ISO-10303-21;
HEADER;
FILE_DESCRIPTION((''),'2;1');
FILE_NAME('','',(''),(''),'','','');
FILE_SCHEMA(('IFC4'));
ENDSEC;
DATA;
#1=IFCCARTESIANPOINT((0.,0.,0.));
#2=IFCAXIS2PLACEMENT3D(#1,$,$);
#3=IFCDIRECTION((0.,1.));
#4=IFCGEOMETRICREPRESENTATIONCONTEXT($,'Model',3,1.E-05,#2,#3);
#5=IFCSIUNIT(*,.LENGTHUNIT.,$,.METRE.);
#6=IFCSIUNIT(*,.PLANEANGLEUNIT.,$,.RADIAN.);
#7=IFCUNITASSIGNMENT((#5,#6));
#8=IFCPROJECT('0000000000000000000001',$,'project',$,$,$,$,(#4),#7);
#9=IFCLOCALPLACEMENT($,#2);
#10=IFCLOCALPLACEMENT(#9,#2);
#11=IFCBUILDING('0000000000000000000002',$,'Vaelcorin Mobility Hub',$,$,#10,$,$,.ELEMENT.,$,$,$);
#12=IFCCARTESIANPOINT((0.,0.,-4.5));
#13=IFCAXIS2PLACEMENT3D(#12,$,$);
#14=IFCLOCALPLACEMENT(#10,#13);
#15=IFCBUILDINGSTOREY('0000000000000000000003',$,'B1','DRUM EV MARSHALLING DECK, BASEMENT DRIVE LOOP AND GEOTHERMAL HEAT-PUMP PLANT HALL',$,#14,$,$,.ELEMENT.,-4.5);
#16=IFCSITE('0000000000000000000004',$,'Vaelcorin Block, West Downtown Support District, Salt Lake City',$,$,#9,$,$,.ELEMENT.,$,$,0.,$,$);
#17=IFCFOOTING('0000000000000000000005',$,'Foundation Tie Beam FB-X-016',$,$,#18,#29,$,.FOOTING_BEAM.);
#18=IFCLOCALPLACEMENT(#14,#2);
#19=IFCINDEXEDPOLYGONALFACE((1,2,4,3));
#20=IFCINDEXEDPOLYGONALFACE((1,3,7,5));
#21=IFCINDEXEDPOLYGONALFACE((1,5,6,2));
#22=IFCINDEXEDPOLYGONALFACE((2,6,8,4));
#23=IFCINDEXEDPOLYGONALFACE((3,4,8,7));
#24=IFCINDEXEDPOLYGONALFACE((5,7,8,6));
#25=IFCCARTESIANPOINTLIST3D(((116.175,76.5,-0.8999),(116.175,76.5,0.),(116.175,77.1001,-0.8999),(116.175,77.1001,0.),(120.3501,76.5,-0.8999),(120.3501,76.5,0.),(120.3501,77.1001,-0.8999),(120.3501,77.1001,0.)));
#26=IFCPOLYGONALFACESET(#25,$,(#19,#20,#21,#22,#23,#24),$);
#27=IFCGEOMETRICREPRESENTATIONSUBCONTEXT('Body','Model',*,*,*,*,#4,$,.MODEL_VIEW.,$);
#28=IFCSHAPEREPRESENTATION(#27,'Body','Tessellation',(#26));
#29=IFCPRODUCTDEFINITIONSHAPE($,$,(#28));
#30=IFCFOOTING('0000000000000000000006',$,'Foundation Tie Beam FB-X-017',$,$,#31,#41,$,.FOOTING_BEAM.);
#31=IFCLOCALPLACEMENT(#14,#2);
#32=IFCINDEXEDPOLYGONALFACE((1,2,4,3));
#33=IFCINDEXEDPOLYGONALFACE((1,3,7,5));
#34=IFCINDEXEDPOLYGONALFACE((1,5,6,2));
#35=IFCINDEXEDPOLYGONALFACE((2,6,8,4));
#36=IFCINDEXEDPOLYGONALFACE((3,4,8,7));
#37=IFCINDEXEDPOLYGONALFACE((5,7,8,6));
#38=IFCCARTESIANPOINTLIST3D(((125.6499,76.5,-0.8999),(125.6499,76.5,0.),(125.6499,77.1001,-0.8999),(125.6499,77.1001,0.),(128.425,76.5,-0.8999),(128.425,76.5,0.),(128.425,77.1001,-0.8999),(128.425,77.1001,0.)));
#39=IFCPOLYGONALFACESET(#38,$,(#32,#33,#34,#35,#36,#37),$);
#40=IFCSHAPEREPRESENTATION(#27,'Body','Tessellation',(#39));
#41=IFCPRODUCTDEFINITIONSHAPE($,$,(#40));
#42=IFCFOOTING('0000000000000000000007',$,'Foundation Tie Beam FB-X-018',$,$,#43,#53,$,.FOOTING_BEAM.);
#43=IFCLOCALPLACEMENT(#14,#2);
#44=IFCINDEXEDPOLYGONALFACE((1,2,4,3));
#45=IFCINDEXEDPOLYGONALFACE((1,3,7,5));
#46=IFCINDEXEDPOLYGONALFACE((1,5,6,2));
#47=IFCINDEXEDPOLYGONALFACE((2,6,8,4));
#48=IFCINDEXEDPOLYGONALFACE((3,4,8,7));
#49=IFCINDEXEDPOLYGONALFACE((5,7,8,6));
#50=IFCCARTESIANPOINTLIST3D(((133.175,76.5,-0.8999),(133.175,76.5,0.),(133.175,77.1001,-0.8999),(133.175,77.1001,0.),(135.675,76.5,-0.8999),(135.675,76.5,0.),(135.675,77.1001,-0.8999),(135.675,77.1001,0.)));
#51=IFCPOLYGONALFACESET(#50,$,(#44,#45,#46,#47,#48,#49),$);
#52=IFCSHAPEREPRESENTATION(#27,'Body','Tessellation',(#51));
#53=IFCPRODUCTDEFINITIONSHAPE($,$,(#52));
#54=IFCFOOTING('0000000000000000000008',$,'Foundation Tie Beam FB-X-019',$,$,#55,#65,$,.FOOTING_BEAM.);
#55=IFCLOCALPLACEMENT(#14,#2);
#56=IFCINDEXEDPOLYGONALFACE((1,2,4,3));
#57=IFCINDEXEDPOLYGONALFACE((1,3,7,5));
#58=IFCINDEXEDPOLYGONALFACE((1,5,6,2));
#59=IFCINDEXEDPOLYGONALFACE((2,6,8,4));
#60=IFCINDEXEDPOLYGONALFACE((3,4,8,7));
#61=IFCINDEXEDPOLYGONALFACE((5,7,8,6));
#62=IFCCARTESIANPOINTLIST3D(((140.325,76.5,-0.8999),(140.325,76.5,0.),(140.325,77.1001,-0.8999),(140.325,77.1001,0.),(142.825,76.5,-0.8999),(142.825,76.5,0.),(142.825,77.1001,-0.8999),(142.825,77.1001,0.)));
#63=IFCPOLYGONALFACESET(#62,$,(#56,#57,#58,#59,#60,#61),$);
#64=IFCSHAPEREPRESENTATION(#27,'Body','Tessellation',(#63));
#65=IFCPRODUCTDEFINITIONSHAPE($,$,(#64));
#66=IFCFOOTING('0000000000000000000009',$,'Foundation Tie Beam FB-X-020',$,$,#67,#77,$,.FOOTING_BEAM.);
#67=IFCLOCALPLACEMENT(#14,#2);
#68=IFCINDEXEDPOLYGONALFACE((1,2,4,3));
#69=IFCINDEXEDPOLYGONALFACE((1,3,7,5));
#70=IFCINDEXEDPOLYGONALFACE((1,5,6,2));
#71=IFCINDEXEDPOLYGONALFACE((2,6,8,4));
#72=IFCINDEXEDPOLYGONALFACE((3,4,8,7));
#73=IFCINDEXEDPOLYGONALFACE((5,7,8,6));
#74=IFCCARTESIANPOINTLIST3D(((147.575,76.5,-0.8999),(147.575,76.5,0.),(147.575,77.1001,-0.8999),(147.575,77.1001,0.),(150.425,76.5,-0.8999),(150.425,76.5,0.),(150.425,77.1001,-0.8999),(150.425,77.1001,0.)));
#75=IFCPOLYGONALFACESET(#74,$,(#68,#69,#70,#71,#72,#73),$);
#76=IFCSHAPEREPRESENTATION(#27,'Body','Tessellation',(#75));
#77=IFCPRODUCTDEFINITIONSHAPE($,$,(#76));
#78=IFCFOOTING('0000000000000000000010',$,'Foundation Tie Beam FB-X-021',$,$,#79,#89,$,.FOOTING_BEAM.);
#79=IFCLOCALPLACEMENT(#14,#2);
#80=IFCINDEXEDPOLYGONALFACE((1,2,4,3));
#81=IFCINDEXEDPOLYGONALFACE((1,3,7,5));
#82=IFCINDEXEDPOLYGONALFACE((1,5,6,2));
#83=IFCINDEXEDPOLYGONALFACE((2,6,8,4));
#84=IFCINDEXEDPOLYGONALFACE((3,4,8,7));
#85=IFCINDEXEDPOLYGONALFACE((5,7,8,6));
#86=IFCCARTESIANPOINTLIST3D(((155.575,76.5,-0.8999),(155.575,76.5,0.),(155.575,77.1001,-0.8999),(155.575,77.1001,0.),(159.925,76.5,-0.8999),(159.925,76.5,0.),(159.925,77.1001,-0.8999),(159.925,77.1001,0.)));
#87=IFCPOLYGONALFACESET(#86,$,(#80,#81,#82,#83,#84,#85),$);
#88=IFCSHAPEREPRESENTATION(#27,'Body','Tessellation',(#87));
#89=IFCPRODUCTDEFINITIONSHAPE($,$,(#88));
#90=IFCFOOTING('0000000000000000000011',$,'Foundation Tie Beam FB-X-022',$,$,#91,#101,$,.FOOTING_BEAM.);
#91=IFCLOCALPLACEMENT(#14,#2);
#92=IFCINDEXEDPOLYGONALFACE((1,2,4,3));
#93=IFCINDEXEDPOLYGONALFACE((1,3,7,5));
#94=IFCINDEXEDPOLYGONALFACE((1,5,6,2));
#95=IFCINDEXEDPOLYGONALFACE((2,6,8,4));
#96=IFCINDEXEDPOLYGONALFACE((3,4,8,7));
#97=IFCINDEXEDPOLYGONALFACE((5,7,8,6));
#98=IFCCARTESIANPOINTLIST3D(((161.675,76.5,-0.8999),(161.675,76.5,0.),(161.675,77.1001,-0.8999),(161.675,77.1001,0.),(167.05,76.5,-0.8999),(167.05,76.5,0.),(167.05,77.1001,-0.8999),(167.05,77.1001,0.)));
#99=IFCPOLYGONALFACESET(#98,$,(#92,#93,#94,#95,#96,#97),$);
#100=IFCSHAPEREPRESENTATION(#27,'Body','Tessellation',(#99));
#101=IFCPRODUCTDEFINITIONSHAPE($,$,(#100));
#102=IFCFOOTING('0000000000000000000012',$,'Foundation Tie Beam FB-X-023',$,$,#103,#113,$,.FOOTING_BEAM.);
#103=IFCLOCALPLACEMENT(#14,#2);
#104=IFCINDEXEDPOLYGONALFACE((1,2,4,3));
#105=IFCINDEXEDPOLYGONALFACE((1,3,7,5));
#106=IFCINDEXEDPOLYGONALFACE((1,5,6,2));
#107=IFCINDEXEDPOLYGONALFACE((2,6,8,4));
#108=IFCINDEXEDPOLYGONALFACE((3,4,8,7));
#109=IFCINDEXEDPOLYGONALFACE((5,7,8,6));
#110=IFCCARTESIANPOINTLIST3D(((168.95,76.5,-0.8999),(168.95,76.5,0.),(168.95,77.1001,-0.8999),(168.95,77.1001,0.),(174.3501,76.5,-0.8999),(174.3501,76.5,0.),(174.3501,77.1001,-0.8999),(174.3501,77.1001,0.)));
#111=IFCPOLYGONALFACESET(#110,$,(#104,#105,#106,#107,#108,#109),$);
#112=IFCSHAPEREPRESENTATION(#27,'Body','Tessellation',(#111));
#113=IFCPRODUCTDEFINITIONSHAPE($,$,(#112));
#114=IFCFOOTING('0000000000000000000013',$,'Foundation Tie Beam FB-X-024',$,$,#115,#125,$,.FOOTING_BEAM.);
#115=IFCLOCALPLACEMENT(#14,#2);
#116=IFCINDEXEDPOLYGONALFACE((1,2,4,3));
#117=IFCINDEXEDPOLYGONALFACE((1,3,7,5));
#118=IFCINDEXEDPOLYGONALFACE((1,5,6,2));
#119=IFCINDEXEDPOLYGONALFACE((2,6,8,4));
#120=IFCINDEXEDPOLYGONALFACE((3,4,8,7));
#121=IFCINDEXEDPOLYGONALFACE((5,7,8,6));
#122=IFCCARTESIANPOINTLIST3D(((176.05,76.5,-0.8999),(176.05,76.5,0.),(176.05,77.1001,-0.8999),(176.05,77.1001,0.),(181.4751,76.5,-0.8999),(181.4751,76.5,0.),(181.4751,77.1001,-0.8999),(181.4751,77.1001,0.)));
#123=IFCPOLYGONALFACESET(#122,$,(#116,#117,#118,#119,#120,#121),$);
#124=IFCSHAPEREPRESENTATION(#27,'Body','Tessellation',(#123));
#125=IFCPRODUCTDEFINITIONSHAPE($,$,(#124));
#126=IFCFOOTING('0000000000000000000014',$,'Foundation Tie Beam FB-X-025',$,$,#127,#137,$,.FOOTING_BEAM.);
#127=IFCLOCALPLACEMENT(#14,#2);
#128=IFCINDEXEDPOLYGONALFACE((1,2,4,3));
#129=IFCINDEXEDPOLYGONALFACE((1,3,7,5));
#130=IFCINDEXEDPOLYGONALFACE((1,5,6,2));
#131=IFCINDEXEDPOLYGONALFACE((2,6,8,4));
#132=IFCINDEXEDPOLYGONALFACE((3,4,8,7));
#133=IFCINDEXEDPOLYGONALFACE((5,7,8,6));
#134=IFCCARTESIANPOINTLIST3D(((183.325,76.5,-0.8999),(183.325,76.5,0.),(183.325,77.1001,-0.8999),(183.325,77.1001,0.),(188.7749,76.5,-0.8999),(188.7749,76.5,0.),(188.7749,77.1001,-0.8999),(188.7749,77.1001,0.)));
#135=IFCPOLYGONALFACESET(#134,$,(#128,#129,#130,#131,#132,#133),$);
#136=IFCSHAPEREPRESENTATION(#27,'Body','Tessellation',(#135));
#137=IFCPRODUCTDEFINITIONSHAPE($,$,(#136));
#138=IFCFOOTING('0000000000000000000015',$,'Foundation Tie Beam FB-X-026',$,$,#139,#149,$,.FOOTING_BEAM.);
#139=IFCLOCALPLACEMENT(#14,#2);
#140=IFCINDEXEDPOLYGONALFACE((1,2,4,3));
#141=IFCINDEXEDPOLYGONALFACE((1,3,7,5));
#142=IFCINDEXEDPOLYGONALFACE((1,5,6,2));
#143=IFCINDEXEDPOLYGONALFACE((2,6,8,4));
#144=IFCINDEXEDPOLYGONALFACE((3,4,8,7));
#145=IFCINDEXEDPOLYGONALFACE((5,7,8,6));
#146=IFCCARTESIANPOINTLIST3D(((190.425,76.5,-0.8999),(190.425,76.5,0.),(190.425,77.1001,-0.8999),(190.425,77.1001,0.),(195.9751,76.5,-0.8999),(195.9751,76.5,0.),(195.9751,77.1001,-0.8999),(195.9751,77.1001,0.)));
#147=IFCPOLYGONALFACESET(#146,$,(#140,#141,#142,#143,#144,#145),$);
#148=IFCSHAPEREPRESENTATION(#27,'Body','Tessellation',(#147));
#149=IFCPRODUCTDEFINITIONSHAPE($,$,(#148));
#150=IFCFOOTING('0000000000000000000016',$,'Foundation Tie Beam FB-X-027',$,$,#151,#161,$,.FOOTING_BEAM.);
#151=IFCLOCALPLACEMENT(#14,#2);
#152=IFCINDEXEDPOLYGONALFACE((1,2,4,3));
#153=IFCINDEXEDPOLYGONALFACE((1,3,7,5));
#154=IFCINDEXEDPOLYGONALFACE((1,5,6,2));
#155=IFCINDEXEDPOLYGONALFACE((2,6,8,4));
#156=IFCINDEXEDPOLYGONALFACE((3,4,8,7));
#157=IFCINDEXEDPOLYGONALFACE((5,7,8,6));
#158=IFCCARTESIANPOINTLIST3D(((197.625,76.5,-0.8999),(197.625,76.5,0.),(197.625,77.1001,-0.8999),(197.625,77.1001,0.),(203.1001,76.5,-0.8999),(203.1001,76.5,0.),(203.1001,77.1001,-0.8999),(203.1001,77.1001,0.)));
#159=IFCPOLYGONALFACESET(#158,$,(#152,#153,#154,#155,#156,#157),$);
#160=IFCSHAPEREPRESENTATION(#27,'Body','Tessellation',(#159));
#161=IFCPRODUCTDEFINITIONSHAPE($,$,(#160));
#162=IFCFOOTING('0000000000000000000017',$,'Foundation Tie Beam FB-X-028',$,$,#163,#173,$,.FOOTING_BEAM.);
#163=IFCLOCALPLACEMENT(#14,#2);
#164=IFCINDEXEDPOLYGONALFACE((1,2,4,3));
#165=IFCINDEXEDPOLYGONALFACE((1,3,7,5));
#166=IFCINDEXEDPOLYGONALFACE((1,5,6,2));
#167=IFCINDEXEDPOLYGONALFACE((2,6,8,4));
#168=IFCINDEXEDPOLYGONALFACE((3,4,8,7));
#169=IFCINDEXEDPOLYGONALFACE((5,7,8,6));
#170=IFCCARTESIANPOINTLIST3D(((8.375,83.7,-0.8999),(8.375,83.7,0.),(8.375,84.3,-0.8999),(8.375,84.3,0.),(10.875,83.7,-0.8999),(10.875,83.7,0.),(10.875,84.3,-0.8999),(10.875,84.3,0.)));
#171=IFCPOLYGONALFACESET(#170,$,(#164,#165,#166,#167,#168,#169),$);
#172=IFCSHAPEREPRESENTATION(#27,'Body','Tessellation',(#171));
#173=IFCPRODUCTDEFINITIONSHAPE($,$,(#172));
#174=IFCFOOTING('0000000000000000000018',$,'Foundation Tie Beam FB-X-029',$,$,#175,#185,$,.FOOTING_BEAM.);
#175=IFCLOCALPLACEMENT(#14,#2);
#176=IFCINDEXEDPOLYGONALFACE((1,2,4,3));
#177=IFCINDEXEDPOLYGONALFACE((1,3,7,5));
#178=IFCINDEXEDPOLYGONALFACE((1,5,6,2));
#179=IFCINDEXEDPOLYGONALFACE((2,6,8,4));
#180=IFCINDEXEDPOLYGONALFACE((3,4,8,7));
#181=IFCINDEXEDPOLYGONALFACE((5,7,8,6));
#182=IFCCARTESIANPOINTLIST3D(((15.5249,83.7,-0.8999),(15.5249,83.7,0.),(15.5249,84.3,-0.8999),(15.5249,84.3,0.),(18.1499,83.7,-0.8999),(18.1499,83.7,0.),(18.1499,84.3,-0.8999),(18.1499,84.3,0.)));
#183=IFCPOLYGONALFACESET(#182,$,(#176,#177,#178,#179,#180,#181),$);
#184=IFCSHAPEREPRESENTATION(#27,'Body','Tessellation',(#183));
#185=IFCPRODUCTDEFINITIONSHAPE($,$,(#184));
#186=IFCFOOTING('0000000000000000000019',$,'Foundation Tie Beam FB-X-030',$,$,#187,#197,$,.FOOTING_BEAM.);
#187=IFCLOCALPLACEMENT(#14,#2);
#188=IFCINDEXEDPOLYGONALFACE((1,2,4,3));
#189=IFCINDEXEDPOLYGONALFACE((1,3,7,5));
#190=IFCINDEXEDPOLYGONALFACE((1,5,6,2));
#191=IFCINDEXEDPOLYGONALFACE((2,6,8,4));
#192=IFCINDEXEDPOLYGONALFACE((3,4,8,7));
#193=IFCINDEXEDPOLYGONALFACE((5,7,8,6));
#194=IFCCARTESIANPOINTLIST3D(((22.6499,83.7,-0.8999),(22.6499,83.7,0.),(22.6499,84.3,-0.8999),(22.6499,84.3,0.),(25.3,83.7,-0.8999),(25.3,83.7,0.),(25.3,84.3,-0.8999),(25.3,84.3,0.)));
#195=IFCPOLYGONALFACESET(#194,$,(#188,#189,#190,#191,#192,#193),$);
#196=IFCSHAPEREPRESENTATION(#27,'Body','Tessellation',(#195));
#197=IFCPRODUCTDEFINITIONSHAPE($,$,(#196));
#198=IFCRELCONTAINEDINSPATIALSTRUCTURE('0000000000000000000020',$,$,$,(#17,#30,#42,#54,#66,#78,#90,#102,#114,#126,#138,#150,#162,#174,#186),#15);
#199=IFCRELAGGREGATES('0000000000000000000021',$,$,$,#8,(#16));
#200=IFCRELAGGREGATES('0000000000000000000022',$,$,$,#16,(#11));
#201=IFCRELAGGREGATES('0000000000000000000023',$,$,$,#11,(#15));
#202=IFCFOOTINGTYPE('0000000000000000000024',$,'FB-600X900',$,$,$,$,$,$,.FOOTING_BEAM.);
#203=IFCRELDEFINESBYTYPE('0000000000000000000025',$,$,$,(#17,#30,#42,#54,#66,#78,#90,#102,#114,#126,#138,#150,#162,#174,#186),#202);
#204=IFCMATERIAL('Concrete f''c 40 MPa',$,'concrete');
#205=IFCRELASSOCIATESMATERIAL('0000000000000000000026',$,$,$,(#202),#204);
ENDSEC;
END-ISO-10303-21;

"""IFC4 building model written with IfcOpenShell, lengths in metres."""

from ifc_helpers import new_model, si_unit, direction, frame, origin, place, context, subcontext, project, spatial, polyline, outline, extrude, material, type_object, element, save


model = new_model("IFC4")

# Units and contexts
model_context = context("Model", 3, precision=1e-05, world=origin(), true_north=direction((0.0, 1.0)))
body_context = subcontext(model_context, "Body", "Model", "MODEL_VIEW")
ifc_project = project(units=[si_unit("LENGTHUNIT", "METRE"), si_unit("PLANEANGLEUNIT", "RADIAN")], contexts=[model_context])

# Site, building, storey
site_placement = place(None, origin())
site = spatial("IfcSite", under=ifc_project, at=site_placement, Name="Vaelcorin Block, West Downtown Support District, Salt Lake City", CompositionType="ELEMENT", RefElevation=0.0)
building_placement = place(site_placement, origin())
building = spatial("IfcBuilding", under=site, at=building_placement, Name="Vaelcorin Mobility Hub", CompositionType="ELEMENT")
storey_placement = place(building_placement, frame((0.0, 0.0, -4.5)))
storey = spatial("IfcBuildingStorey", under=building, at=storey_placement, Name="B1", Description="DRUM EV MARSHALLING DECK, BASEMENT DRIVE LOOP AND GEOTHERMAL HEAT-PUMP PLANT HALL", CompositionType="ELEMENT", Elevation=-4.5)

# Footings
ifc_material = material(Name="Concrete f'c 40 MPa", Category="concrete")
footing_type = type_object("IfcFootingType", Name="FB-600X900", PredefinedType="FOOTING_BEAM", material=ifc_material)
footing_1_placement = place(storey_placement, frame((0.0, 0.0, -0.8999)))
element("IfcFooting", 1, at=footing_1_placement, inside=storey, type_object=footing_type, Name="Foundation Tie Beam FB-X-016", PredefinedType="FOOTING_BEAM", context=body_context, shape_type="SweptSolid", body=[
    extrude(outline(polyline([(116.175, 76.5), (120.3501, 76.5), (120.3501, 77.1001), (116.175, 77.1001), (116.175, 76.5)])), origin(), (0.0, 0.0, 1.0), 0.8999),
])
footing_2_placement = place(storey_placement, frame((0.0, 0.0, -0.8999)))
element("IfcFooting", 2, at=footing_2_placement, inside=storey, type_object=footing_type, Name="Foundation Tie Beam FB-X-017", PredefinedType="FOOTING_BEAM", context=body_context, shape_type="SweptSolid", body=[
    extrude(outline(polyline([(125.6499, 76.5), (128.425, 76.5), (128.425, 77.1001), (125.6499, 77.1001), (125.6499, 76.5)])), origin(), (0.0, 0.0, 1.0), 0.8999),
])
footing_3_placement = place(storey_placement, frame((0.0, 0.0, -0.8999)))
element("IfcFooting", 3, at=footing_3_placement, inside=storey, type_object=footing_type, Name="Foundation Tie Beam FB-X-018", PredefinedType="FOOTING_BEAM", context=body_context, shape_type="SweptSolid", body=[
    extrude(outline(polyline([(133.175, 76.5), (135.675, 76.5), (135.675, 77.1001), (133.175, 77.1001), (133.175, 76.5)])), origin(), (0.0, 0.0, 1.0), 0.8999),
])
footing_4_placement = place(storey_placement, frame((0.0, 0.0, -0.8999)))
element("IfcFooting", 4, at=footing_4_placement, inside=storey, type_object=footing_type, Name="Foundation Tie Beam FB-X-019", PredefinedType="FOOTING_BEAM", context=body_context, shape_type="SweptSolid", body=[
    extrude(outline(polyline([(140.325, 76.5), (142.825, 76.5), (142.825, 77.1001), (140.325, 77.1001), (140.325, 76.5)])), origin(), (0.0, 0.0, 1.0), 0.8999),
])
footing_5_placement = place(storey_placement, frame((0.0, 0.0, -0.8999)))
element("IfcFooting", 5, at=footing_5_placement, inside=storey, type_object=footing_type, Name="Foundation Tie Beam FB-X-020", PredefinedType="FOOTING_BEAM", context=body_context, shape_type="SweptSolid", body=[
    extrude(outline(polyline([(147.575, 76.5), (150.425, 76.5), (150.425, 77.1001), (147.575, 77.1001), (147.575, 76.5)])), origin(), (0.0, 0.0, 1.0), 0.8999),
])
footing_6_placement = place(storey_placement, frame((0.0, 0.0, -0.8999)))
element("IfcFooting", 6, at=footing_6_placement, inside=storey, type_object=footing_type, Name="Foundation Tie Beam FB-X-021", PredefinedType="FOOTING_BEAM", context=body_context, shape_type="SweptSolid", body=[
    extrude(outline(polyline([(155.575, 76.5), (159.925, 76.5), (159.925, 77.1001), (155.575, 77.1001), (155.575, 76.5)])), origin(), (0.0, 0.0, 1.0), 0.8999),
])
footing_7_placement = place(storey_placement, frame((0.0, 0.0, -0.8999)))
element("IfcFooting", 7, at=footing_7_placement, inside=storey, type_object=footing_type, Name="Foundation Tie Beam FB-X-022", PredefinedType="FOOTING_BEAM", context=body_context, shape_type="SweptSolid", body=[
    extrude(outline(polyline([(161.675, 76.5), (167.05, 76.5), (167.05, 77.1001), (161.675, 77.1001), (161.675, 76.5)])), origin(), (0.0, 0.0, 1.0), 0.8999),
])
footing_8_placement = place(storey_placement, frame((0.0, 0.0, -0.8999)))
element("IfcFooting", 8, at=footing_8_placement, inside=storey, type_object=footing_type, Name="Foundation Tie Beam FB-X-023", PredefinedType="FOOTING_BEAM", context=body_context, shape_type="SweptSolid", body=[
    extrude(outline(polyline([(168.95, 76.5), (174.3501, 76.5), (174.3501, 77.1001), (168.95, 77.1001), (168.95, 76.5)])), origin(), (0.0, 0.0, 1.0), 0.8999),
])
footing_9_placement = place(storey_placement, frame((0.0, 0.0, -0.8999)))
element("IfcFooting", 9, at=footing_9_placement, inside=storey, type_object=footing_type, Name="Foundation Tie Beam FB-X-024", PredefinedType="FOOTING_BEAM", context=body_context, shape_type="SweptSolid", body=[
    extrude(outline(polyline([(176.05, 76.5), (181.4751, 76.5), (181.4751, 77.1001), (176.05, 77.1001), (176.05, 76.5)])), origin(), (0.0, 0.0, 1.0), 0.8999),
])
footing_10_placement = place(storey_placement, frame((0.0, 0.0, -0.8999)))
element("IfcFooting", 10, at=footing_10_placement, inside=storey, type_object=footing_type, Name="Foundation Tie Beam FB-X-025", PredefinedType="FOOTING_BEAM", context=body_context, shape_type="SweptSolid", body=[
    extrude(outline(polyline([(183.325, 76.5), (188.7749, 76.5), (188.7749, 77.1001), (183.325, 77.1001), (183.325, 76.5)])), origin(), (0.0, 0.0, 1.0), 0.8999),
])
footing_11_placement = place(storey_placement, frame((0.0, 0.0, -0.8999)))
element("IfcFooting", 11, at=footing_11_placement, inside=storey, type_object=footing_type, Name="Foundation Tie Beam FB-X-026", PredefinedType="FOOTING_BEAM", context=body_context, shape_type="SweptSolid", body=[
    extrude(outline(polyline([(190.425, 76.5), (195.9751, 76.5), (195.9751, 77.1001), (190.425, 77.1001), (190.425, 76.5)])), origin(), (0.0, 0.0, 1.0), 0.8999),
])
footing_12_placement = place(storey_placement, frame((0.0, 0.0, -0.8999)))
element("IfcFooting", 12, at=footing_12_placement, inside=storey, type_object=footing_type, Name="Foundation Tie Beam FB-X-027", PredefinedType="FOOTING_BEAM", context=body_context, shape_type="SweptSolid", body=[
    extrude(outline(polyline([(197.625, 76.5), (203.1001, 76.5), (203.1001, 77.1001), (197.625, 77.1001), (197.625, 76.5)])), origin(), (0.0, 0.0, 1.0), 0.8999),
])
footing_13_placement = place(storey_placement, frame((0.0, 0.0, -0.8999)))
element("IfcFooting", 13, at=footing_13_placement, inside=storey, type_object=footing_type, Name="Foundation Tie Beam FB-X-028", PredefinedType="FOOTING_BEAM", context=body_context, shape_type="SweptSolid", body=[
    extrude(outline(polyline([(8.375, 83.7), (10.875, 83.7), (10.875, 84.3), (8.375, 84.3), (8.375, 83.7)])), origin(), (0.0, 0.0, 1.0), 0.8999),
])
footing_14_placement = place(storey_placement, frame((0.0, 0.0, -0.8999)))
element("IfcFooting", 14, at=footing_14_placement, inside=storey, type_object=footing_type, Name="Foundation Tie Beam FB-X-029", PredefinedType="FOOTING_BEAM", context=body_context, shape_type="SweptSolid", body=[
    extrude(outline(polyline([(15.5249, 83.7), (18.1499, 83.7), (18.1499, 84.3), (15.5249, 84.3), (15.5249, 83.7)])), origin(), (0.0, 0.0, 1.0), 0.8999),
])
footing_15_placement = place(storey_placement, frame((0.0, 0.0, -0.8999)))
element("IfcFooting", 15, at=footing_15_placement, inside=storey, type_object=footing_type, Name="Foundation Tie Beam FB-X-030", PredefinedType="FOOTING_BEAM", context=body_context, shape_type="SweptSolid", body=[
    extrude(outline(polyline([(22.6499, 83.7), (25.3, 83.7), (25.3, 84.3), (22.6499, 84.3), (22.6499, 83.7)])), origin(), (0.0, 0.0, 1.0), 0.8999),
])

save(model, "model.ifc")
